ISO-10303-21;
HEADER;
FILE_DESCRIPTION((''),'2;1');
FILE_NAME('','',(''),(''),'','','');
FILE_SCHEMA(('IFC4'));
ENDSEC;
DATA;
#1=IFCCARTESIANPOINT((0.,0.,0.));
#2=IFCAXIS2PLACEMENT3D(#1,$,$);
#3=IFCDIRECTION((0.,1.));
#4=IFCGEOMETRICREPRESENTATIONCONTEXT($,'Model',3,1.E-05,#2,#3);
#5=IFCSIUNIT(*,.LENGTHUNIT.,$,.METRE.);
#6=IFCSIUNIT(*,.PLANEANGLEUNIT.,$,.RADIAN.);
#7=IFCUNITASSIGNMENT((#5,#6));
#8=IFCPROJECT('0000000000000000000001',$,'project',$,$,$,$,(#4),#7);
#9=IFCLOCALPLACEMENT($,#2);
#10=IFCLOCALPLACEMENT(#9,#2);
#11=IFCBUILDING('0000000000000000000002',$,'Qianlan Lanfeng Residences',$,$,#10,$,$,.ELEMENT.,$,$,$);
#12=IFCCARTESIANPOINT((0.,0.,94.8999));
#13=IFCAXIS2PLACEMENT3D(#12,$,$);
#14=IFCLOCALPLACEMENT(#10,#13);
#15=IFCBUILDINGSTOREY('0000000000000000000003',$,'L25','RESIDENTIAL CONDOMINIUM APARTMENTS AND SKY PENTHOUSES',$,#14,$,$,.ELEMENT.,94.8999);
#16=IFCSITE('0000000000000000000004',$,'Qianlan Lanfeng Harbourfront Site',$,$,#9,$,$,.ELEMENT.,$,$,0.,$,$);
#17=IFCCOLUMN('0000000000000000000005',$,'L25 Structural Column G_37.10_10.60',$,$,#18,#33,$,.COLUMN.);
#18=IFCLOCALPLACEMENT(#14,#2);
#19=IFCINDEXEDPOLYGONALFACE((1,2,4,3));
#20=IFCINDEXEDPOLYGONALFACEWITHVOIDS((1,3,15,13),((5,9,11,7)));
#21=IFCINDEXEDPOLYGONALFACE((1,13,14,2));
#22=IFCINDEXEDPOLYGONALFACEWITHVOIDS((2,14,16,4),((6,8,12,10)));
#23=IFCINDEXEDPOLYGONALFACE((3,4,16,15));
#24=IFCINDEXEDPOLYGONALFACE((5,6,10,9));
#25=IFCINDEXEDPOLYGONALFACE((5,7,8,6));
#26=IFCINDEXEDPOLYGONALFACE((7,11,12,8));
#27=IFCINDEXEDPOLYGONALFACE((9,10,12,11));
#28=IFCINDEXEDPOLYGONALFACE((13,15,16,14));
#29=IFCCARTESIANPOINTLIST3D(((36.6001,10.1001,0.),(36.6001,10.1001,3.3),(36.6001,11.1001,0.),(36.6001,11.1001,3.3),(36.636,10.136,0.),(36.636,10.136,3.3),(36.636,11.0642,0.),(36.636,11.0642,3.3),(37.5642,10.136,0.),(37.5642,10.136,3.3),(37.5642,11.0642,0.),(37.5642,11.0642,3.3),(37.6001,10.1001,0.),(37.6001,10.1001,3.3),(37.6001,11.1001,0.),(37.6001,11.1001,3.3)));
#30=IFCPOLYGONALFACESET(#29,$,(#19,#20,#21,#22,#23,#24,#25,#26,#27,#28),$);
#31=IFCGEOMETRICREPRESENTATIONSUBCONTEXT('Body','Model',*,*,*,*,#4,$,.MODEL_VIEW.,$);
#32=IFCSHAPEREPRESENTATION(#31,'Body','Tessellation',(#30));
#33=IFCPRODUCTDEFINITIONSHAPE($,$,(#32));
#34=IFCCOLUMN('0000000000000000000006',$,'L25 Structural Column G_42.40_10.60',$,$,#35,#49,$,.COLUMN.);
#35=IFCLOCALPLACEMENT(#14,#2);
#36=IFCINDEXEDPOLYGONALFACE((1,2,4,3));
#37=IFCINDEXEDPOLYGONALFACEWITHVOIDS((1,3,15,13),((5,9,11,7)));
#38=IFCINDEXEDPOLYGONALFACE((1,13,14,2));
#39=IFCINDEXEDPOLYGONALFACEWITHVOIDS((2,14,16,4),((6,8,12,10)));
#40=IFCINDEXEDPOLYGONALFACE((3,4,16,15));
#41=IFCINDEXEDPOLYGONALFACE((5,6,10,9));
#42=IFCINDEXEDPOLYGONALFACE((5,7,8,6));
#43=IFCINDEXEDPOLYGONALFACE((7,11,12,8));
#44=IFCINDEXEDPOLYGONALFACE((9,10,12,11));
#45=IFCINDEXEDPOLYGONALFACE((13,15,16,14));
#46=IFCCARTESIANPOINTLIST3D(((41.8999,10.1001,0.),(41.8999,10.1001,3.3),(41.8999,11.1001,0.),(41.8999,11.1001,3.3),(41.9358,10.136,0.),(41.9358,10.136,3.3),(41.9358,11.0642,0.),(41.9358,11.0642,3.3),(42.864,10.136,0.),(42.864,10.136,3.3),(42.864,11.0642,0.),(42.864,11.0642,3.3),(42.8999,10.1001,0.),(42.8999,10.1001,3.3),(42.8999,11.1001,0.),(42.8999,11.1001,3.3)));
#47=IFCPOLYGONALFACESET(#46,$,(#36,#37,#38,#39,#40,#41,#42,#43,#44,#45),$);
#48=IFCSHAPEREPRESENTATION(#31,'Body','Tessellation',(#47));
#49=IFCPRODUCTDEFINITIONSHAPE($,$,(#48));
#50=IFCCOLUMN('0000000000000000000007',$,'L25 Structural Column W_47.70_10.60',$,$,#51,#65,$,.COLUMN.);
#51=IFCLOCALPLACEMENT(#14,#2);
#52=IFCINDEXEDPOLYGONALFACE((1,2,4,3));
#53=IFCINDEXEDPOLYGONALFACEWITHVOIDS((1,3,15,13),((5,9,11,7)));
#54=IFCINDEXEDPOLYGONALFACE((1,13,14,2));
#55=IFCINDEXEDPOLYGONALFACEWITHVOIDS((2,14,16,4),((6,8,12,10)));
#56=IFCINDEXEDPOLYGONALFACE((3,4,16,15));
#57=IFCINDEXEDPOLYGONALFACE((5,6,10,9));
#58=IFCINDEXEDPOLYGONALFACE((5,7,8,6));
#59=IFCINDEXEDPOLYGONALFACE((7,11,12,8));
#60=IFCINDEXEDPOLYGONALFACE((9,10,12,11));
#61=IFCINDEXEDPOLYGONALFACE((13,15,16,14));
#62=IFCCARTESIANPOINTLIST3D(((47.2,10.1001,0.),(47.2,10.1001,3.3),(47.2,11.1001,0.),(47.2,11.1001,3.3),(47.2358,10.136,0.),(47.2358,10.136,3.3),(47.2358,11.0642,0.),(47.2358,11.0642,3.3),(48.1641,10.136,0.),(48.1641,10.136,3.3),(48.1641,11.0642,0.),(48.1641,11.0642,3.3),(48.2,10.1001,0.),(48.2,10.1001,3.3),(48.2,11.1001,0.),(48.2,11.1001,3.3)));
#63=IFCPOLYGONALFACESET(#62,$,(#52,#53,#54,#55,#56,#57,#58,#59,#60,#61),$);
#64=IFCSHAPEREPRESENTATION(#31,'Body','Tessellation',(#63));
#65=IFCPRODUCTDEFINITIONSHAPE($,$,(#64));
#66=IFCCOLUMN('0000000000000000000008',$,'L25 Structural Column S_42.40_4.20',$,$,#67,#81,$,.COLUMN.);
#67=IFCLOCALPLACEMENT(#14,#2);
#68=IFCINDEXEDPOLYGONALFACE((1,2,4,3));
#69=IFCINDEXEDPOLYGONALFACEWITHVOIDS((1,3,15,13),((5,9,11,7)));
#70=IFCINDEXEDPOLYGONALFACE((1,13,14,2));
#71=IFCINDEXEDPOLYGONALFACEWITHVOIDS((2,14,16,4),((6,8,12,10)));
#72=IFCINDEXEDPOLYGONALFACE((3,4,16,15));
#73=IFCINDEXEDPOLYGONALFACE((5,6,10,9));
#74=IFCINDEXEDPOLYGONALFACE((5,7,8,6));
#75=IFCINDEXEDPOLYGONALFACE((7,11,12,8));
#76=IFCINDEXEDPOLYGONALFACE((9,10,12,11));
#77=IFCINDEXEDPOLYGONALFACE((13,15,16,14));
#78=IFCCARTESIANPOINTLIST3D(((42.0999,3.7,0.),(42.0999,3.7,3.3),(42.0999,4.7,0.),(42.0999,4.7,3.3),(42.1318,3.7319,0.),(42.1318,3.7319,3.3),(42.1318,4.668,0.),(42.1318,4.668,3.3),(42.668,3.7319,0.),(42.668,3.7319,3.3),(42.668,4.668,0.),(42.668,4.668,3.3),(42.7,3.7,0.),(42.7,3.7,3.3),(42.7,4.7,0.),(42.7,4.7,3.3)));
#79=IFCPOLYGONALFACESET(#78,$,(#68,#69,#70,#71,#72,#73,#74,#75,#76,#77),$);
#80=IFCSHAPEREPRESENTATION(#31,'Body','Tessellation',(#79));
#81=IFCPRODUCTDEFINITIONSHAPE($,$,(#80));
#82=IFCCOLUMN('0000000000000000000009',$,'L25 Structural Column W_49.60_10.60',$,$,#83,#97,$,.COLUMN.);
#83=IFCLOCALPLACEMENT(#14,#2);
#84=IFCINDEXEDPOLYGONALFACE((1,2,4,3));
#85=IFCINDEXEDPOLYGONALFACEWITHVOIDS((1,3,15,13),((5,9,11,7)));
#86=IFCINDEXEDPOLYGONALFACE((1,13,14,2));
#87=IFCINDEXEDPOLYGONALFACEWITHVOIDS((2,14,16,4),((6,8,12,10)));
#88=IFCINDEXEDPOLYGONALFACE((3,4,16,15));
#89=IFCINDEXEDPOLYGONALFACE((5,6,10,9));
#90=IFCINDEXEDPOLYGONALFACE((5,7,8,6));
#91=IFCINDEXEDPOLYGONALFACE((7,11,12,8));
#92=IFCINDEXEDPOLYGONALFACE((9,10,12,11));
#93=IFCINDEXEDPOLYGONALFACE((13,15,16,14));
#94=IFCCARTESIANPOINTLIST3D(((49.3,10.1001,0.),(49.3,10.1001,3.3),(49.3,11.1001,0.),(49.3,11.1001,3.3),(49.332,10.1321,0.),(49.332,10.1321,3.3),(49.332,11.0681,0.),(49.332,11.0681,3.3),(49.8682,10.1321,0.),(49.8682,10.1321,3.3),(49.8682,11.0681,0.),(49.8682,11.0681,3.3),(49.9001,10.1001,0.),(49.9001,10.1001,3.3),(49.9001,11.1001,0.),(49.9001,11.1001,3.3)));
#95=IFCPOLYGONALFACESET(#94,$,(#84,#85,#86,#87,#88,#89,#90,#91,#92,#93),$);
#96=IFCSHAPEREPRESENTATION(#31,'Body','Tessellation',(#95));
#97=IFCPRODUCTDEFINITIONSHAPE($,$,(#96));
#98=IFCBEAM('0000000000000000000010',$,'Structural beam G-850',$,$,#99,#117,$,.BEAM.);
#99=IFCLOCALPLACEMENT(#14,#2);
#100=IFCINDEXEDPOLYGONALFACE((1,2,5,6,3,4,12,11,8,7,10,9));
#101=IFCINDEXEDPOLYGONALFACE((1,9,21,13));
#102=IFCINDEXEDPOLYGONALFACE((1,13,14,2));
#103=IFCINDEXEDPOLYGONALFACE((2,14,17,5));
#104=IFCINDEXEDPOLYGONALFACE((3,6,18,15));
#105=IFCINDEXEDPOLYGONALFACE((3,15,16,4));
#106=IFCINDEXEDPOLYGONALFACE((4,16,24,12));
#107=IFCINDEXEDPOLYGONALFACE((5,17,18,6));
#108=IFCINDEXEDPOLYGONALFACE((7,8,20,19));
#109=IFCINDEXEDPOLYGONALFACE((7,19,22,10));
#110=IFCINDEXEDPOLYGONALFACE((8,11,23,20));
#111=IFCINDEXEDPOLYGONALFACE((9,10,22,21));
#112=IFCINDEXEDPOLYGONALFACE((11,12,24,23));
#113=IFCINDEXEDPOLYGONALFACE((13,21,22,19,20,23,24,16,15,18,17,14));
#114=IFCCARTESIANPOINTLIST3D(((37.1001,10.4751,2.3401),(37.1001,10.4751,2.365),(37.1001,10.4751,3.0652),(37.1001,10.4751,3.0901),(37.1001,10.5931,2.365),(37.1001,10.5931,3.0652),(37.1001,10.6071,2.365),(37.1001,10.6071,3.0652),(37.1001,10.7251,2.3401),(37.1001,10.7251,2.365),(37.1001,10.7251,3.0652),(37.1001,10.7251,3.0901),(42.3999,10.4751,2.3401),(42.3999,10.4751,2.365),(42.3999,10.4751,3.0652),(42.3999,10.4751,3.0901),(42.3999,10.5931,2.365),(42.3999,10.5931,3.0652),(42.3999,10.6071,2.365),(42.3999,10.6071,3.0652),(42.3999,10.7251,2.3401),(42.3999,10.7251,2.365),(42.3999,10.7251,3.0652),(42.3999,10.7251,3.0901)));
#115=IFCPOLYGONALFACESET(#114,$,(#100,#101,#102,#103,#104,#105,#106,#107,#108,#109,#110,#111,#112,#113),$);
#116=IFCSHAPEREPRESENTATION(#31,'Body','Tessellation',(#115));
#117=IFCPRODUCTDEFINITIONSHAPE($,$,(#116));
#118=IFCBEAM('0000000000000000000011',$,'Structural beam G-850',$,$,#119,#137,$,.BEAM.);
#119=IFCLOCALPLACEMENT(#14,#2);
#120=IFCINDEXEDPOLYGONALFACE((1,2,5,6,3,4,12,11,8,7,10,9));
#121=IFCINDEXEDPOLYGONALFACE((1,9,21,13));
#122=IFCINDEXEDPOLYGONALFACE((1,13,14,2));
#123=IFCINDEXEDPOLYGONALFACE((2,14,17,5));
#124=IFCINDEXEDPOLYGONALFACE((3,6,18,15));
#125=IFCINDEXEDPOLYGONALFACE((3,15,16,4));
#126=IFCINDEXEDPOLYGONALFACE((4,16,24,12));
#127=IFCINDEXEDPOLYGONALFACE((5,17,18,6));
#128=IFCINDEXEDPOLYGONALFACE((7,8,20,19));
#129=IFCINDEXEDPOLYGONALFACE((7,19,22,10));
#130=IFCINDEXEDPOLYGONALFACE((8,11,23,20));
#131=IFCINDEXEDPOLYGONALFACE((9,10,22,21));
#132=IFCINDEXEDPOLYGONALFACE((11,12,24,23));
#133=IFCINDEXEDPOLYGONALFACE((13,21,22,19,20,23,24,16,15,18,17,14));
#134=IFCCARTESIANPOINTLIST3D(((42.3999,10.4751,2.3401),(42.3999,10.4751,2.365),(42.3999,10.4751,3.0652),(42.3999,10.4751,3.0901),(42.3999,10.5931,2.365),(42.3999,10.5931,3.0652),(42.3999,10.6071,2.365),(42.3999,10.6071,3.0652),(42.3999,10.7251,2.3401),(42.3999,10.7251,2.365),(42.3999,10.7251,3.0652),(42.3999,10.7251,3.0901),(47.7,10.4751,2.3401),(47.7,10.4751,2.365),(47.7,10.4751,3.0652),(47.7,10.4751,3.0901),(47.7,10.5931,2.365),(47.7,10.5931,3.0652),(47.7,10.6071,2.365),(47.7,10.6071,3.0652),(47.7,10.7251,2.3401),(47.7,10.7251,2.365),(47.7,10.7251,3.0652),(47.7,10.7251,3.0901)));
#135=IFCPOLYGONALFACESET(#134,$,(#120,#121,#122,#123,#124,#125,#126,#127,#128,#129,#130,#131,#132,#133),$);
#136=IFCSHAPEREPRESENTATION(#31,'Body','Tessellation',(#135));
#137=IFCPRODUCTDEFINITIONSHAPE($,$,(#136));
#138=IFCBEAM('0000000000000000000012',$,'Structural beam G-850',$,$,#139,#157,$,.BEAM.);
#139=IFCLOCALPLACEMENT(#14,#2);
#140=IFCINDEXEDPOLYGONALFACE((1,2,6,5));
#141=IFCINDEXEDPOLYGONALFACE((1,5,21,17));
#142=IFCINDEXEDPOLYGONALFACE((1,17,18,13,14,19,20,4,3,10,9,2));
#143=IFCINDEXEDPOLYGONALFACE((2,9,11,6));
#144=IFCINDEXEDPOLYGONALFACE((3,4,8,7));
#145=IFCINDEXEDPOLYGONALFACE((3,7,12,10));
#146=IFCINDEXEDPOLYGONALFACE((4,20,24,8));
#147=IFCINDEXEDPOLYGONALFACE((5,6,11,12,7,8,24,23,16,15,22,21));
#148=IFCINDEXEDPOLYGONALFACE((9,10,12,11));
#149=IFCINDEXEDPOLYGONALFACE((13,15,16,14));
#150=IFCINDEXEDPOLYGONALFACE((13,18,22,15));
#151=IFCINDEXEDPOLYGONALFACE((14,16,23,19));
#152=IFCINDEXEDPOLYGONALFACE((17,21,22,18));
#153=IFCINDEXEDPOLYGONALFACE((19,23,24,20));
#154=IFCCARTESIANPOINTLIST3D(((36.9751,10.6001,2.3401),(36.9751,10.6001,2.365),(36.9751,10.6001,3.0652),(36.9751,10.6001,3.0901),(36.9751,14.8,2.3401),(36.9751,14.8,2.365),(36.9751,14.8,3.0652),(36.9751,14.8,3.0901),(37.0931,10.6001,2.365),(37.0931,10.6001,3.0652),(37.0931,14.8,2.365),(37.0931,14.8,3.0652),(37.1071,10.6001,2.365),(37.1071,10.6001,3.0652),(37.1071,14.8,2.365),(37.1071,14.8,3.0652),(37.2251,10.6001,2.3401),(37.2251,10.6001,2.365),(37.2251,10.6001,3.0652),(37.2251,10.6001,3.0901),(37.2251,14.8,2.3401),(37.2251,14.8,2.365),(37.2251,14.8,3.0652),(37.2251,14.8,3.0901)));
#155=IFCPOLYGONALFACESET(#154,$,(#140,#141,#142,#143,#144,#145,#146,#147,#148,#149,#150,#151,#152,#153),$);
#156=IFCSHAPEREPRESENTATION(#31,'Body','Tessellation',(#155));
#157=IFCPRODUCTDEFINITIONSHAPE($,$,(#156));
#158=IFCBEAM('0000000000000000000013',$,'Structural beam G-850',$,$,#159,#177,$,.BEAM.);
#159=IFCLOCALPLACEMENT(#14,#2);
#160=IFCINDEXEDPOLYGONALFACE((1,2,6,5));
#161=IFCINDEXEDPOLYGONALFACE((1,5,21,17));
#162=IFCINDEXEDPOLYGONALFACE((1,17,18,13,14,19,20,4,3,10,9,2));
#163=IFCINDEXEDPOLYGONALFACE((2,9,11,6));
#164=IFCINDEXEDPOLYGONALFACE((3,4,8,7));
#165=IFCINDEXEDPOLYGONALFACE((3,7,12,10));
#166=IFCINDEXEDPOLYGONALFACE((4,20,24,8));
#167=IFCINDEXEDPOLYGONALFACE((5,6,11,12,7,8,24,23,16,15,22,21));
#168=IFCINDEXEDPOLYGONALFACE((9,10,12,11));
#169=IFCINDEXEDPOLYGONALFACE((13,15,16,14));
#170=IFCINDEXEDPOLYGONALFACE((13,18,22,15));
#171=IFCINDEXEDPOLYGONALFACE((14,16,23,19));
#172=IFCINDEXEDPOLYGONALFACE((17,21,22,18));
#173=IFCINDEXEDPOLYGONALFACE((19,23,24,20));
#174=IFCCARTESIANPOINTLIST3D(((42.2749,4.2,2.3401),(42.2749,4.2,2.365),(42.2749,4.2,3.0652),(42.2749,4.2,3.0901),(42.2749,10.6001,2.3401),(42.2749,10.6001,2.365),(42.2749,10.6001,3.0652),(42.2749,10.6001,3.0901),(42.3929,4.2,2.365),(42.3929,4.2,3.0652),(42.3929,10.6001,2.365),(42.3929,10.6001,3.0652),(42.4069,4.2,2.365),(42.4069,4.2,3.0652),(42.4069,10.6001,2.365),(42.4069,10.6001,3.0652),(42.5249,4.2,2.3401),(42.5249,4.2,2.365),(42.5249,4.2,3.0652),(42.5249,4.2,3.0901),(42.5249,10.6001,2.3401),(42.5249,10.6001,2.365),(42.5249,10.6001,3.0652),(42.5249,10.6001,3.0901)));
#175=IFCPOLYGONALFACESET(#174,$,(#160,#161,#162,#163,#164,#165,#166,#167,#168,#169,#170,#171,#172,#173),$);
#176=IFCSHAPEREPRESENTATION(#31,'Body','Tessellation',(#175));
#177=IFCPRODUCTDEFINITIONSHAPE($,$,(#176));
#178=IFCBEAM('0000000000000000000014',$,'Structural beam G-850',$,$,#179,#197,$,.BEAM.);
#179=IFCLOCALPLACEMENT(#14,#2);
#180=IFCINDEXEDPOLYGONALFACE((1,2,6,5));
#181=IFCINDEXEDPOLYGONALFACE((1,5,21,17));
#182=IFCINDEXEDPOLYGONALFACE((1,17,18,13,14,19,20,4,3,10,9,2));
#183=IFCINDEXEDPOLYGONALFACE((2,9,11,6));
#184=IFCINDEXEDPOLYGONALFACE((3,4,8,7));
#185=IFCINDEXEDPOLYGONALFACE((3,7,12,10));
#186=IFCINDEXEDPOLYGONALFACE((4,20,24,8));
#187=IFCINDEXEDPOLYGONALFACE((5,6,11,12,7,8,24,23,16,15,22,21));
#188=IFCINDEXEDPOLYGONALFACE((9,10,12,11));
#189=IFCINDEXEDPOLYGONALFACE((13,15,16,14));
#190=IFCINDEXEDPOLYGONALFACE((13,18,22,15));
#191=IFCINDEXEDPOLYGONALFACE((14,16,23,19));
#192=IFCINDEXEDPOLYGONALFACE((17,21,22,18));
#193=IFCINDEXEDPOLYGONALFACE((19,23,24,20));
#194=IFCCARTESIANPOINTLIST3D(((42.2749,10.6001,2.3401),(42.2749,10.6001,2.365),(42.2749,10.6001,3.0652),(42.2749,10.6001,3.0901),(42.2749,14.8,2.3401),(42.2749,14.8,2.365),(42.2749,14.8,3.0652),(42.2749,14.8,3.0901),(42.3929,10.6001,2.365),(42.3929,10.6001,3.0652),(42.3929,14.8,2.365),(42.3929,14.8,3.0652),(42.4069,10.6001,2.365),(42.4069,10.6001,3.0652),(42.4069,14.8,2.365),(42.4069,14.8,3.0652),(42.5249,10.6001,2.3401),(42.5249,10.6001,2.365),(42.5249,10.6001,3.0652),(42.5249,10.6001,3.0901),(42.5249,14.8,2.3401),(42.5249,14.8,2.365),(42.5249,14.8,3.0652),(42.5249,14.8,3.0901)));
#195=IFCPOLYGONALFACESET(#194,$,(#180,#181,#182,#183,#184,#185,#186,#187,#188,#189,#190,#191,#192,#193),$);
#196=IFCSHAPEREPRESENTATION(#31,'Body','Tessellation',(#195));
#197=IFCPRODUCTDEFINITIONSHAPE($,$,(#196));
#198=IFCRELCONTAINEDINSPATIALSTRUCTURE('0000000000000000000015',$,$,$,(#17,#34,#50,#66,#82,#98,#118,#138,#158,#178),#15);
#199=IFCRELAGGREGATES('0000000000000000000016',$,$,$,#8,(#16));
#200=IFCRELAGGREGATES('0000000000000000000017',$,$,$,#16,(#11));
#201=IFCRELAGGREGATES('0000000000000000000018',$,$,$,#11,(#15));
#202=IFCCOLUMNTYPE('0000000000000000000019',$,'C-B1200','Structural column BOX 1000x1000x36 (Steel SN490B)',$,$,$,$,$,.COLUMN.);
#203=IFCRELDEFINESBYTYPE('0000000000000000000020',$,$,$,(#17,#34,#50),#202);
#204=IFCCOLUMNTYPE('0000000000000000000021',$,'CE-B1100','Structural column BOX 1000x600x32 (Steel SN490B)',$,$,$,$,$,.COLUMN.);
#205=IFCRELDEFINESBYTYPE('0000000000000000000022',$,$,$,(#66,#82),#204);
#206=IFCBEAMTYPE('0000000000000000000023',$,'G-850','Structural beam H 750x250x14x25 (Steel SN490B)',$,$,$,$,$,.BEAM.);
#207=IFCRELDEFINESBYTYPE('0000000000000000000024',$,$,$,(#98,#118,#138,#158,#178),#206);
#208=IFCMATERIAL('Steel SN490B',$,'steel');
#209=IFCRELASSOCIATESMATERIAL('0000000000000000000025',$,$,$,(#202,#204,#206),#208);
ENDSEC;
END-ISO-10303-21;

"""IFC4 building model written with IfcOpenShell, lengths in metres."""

from ifc_helpers import new_model, si_unit, direction, frame, origin, origin_2d, place, context, subcontext, project, spatial, hollow_rectangle, i_section, extrude, material, material_profile, profile_set, type_object, element, save


model = new_model("IFC4")

# Units and contexts
model_context = context("Model", 3, precision=1e-05, world=origin(), true_north=direction((0.0, 1.0)))
body_context = subcontext(model_context, "Body", "Model", "MODEL_VIEW")
ifc_project = project(units=[si_unit("LENGTHUNIT", "METRE"), si_unit("PLANEANGLEUNIT", "RADIAN")], contexts=[model_context])

# Site, building, storey
site_placement = place(None, origin())
site = spatial("IfcSite", under=ifc_project, at=site_placement, Name="Qianlan Lanfeng Harbourfront Site", CompositionType="ELEMENT", RefElevation=0.0)
building_placement = place(site_placement, origin())
building = spatial("IfcBuilding", under=site, at=building_placement, Name="Qianlan Lanfeng Residences", CompositionType="ELEMENT")
storey_placement = place(building_placement, frame((0.0, 0.0, 94.8999)))
storey = spatial("IfcBuildingStorey", under=building, at=storey_placement, Name="L25", Description="RESIDENTIAL CONDOMINIUM APARTMENTS AND SKY PENTHOUSES", CompositionType="ELEMENT", Elevation=94.8999)

# Columns
ifc_material_1 = material(Name="Steel SN490B", Category="steel")
ifc_material_profile_1 = material_profile(ifc_material_1, hollow_rectangle(XDim=1.0, YDim=1.0, WallThickness=0.0359, at=origin_2d()), Name="BOX 1000x1000x36")
ifc_profile_set_1 = profile_set([ifc_material_profile_1], Name="Steel SN490B")
column_type_1 = type_object("IfcColumnType", Name="C-B1200", Description="Structural column BOX 1000x1000x36 (Steel SN490B)", PredefinedType="COLUMN", material=ifc_profile_set_1)
for number, where, z_axis, x_axis, name in (
    (1, (37.1001, 10.6001, 0.0), (0.0, 0.0, 1.0), (1.0, 0.0, 0.0), "L25 Structural Column G_37.10_10.60"),
    (2, (42.3999, 10.6001, 0.0), (0.0, 0.0, 1.0), (1.0, 0.0, 0.0), "L25 Structural Column G_42.40_10.60"),
    (3, (47.7, 10.6001, 0.0), (0.0, 0.0, 1.0), (1.0, 0.0, 0.0), "L25 Structural Column W_47.70_10.60"),
):
    element("IfcColumn", number, at=place(storey_placement, frame(where, z_axis=z_axis, x_axis=x_axis)), inside=storey, type_object=column_type_1, Name=name, PredefinedType="COLUMN", context=body_context, shape_type="SweptSolid", body=[
        extrude(hollow_rectangle(XDim=1.0, YDim=1.0, WallThickness=0.0359, at=origin_2d()), origin(), (0.0, 0.0, 1.0), 3.3),
    ])
ifc_material_profile_2 = material_profile(ifc_material_1, hollow_rectangle(XDim=0.6001, YDim=1.0, WallThickness=0.032, at=origin_2d()), Name="BOX 1000x600x32")
ifc_profile_set_2 = profile_set([ifc_material_profile_2], Name="Steel SN490B")
column_type_2 = type_object("IfcColumnType", Name="CE-B1100", Description="Structural column BOX 1000x600x32 (Steel SN490B)", PredefinedType="COLUMN", material=ifc_profile_set_2)
for number, where, z_axis, x_axis, name in (
    (4, (42.3999, 4.2, 0.0), (0.0, 0.0, 1.0), (1.0, 0.0, 0.0), "L25 Structural Column S_42.40_4.20"),
    (5, (49.6001, 10.6001, 0.0), (0.0, 0.0, 1.0), (1.0, 0.0, 0.0), "L25 Structural Column W_49.60_10.60"),
):
    element("IfcColumn", number, at=place(storey_placement, frame(where, z_axis=z_axis, x_axis=x_axis)), inside=storey, type_object=column_type_2, Name=name, PredefinedType="COLUMN", context=body_context, shape_type="SweptSolid", body=[
        extrude(hollow_rectangle(XDim=0.6001, YDim=1.0, WallThickness=0.032, at=origin_2d()), origin(), (0.0, 0.0, 1.0), 3.3),
    ])

# Beams
ifc_material_profile_3 = material_profile(ifc_material_1, i_section(OverallWidth=0.25, OverallDepth=0.75, WebThickness=0.0139, FlangeThickness=0.0249, at=origin_2d()), Name="H 750x250x14x25")
ifc_profile_set_3 = profile_set([ifc_material_profile_3], Name="Steel SN490B")
beam_type_1 = type_object("IfcBeamType", Name="G-850", Description="Structural beam H 750x250x14x25 (Steel SN490B)", PredefinedType="BEAM", material=ifc_profile_set_3)
beam_1_placement = place(storey_placement, frame((37.1001, 10.6001, 2.7151), z_axis=(1.0, 0.0, 0.0), x_axis=(0.0, 1.0, 0.0)))
element("IfcBeam", 6, at=beam_1_placement, inside=storey, type_object=beam_type_1, Name="Structural beam G-850", PredefinedType="BEAM", context=body_context, shape_type="SweptSolid", body=[
    extrude(i_section(OverallWidth=0.25, OverallDepth=0.75, WebThickness=0.0139, FlangeThickness=0.0249, at=origin_2d()), origin(), (0.0, 0.0, 1.0), 5.2998),
])
beam_2_placement = place(storey_placement, frame((42.3999, 10.6001, 2.7151), z_axis=(1.0, 0.0, 0.0), x_axis=(0.0, 1.0, 0.0)))
element("IfcBeam", 7, at=beam_2_placement, inside=storey, type_object=beam_type_1, Name="Structural beam G-850", PredefinedType="BEAM", context=body_context, shape_type="SweptSolid", body=[
    extrude(i_section(OverallWidth=0.25, OverallDepth=0.75, WebThickness=0.0139, FlangeThickness=0.0249, at=origin_2d()), origin(), (0.0, 0.0, 1.0), 5.3),
])
beam_3_placement = place(storey_placement, frame((37.1001, 10.6001, 2.7151), z_axis=(0.0, 1.0, 0.0), x_axis=(-1.0, 0.0, 0.0)))
element("IfcBeam", 8, at=beam_3_placement, inside=storey, type_object=beam_type_1, Name="Structural beam G-850", PredefinedType="BEAM", context=body_context, shape_type="SweptSolid", body=[
    extrude(i_section(OverallWidth=0.25, OverallDepth=0.75, WebThickness=0.0139, FlangeThickness=0.0249, at=origin_2d()), origin(), (0.0, 0.0, 1.0), 4.2),
])
beam_4_placement = place(storey_placement, frame((42.3999, 4.2, 2.7151), z_axis=(0.0, 1.0, 0.0), x_axis=(-1.0, 0.0, 0.0)))
element("IfcBeam", 9, at=beam_4_placement, inside=storey, type_object=beam_type_1, Name="Structural beam G-850", PredefinedType="BEAM", context=body_context, shape_type="SweptSolid", body=[
    extrude(i_section(OverallWidth=0.25, OverallDepth=0.75, WebThickness=0.0139, FlangeThickness=0.0249, at=origin_2d()), origin(), (0.0, 0.0, 1.0), 6.4001),
])
for number, where, z_axis, x_axis, name in (
    (10, (42.3999, 10.6001, 2.7151), (0.0, 1.0, 0.0), (-1.0, 0.0, 0.0), "Structural beam G-850"),
):
    element("IfcBeam", number, at=place(storey_placement, frame(where, z_axis=z_axis, x_axis=x_axis)), inside=storey, type_object=beam_type_1, Name=name, PredefinedType="BEAM", context=body_context, shape_type="SweptSolid", body=[
        extrude(i_section(OverallWidth=0.25, OverallDepth=0.75, WebThickness=0.0139, FlangeThickness=0.0249, at=origin_2d()), origin(), (0.0, 0.0, 1.0), 4.2),
    ])

save(model, "model.ifc")
